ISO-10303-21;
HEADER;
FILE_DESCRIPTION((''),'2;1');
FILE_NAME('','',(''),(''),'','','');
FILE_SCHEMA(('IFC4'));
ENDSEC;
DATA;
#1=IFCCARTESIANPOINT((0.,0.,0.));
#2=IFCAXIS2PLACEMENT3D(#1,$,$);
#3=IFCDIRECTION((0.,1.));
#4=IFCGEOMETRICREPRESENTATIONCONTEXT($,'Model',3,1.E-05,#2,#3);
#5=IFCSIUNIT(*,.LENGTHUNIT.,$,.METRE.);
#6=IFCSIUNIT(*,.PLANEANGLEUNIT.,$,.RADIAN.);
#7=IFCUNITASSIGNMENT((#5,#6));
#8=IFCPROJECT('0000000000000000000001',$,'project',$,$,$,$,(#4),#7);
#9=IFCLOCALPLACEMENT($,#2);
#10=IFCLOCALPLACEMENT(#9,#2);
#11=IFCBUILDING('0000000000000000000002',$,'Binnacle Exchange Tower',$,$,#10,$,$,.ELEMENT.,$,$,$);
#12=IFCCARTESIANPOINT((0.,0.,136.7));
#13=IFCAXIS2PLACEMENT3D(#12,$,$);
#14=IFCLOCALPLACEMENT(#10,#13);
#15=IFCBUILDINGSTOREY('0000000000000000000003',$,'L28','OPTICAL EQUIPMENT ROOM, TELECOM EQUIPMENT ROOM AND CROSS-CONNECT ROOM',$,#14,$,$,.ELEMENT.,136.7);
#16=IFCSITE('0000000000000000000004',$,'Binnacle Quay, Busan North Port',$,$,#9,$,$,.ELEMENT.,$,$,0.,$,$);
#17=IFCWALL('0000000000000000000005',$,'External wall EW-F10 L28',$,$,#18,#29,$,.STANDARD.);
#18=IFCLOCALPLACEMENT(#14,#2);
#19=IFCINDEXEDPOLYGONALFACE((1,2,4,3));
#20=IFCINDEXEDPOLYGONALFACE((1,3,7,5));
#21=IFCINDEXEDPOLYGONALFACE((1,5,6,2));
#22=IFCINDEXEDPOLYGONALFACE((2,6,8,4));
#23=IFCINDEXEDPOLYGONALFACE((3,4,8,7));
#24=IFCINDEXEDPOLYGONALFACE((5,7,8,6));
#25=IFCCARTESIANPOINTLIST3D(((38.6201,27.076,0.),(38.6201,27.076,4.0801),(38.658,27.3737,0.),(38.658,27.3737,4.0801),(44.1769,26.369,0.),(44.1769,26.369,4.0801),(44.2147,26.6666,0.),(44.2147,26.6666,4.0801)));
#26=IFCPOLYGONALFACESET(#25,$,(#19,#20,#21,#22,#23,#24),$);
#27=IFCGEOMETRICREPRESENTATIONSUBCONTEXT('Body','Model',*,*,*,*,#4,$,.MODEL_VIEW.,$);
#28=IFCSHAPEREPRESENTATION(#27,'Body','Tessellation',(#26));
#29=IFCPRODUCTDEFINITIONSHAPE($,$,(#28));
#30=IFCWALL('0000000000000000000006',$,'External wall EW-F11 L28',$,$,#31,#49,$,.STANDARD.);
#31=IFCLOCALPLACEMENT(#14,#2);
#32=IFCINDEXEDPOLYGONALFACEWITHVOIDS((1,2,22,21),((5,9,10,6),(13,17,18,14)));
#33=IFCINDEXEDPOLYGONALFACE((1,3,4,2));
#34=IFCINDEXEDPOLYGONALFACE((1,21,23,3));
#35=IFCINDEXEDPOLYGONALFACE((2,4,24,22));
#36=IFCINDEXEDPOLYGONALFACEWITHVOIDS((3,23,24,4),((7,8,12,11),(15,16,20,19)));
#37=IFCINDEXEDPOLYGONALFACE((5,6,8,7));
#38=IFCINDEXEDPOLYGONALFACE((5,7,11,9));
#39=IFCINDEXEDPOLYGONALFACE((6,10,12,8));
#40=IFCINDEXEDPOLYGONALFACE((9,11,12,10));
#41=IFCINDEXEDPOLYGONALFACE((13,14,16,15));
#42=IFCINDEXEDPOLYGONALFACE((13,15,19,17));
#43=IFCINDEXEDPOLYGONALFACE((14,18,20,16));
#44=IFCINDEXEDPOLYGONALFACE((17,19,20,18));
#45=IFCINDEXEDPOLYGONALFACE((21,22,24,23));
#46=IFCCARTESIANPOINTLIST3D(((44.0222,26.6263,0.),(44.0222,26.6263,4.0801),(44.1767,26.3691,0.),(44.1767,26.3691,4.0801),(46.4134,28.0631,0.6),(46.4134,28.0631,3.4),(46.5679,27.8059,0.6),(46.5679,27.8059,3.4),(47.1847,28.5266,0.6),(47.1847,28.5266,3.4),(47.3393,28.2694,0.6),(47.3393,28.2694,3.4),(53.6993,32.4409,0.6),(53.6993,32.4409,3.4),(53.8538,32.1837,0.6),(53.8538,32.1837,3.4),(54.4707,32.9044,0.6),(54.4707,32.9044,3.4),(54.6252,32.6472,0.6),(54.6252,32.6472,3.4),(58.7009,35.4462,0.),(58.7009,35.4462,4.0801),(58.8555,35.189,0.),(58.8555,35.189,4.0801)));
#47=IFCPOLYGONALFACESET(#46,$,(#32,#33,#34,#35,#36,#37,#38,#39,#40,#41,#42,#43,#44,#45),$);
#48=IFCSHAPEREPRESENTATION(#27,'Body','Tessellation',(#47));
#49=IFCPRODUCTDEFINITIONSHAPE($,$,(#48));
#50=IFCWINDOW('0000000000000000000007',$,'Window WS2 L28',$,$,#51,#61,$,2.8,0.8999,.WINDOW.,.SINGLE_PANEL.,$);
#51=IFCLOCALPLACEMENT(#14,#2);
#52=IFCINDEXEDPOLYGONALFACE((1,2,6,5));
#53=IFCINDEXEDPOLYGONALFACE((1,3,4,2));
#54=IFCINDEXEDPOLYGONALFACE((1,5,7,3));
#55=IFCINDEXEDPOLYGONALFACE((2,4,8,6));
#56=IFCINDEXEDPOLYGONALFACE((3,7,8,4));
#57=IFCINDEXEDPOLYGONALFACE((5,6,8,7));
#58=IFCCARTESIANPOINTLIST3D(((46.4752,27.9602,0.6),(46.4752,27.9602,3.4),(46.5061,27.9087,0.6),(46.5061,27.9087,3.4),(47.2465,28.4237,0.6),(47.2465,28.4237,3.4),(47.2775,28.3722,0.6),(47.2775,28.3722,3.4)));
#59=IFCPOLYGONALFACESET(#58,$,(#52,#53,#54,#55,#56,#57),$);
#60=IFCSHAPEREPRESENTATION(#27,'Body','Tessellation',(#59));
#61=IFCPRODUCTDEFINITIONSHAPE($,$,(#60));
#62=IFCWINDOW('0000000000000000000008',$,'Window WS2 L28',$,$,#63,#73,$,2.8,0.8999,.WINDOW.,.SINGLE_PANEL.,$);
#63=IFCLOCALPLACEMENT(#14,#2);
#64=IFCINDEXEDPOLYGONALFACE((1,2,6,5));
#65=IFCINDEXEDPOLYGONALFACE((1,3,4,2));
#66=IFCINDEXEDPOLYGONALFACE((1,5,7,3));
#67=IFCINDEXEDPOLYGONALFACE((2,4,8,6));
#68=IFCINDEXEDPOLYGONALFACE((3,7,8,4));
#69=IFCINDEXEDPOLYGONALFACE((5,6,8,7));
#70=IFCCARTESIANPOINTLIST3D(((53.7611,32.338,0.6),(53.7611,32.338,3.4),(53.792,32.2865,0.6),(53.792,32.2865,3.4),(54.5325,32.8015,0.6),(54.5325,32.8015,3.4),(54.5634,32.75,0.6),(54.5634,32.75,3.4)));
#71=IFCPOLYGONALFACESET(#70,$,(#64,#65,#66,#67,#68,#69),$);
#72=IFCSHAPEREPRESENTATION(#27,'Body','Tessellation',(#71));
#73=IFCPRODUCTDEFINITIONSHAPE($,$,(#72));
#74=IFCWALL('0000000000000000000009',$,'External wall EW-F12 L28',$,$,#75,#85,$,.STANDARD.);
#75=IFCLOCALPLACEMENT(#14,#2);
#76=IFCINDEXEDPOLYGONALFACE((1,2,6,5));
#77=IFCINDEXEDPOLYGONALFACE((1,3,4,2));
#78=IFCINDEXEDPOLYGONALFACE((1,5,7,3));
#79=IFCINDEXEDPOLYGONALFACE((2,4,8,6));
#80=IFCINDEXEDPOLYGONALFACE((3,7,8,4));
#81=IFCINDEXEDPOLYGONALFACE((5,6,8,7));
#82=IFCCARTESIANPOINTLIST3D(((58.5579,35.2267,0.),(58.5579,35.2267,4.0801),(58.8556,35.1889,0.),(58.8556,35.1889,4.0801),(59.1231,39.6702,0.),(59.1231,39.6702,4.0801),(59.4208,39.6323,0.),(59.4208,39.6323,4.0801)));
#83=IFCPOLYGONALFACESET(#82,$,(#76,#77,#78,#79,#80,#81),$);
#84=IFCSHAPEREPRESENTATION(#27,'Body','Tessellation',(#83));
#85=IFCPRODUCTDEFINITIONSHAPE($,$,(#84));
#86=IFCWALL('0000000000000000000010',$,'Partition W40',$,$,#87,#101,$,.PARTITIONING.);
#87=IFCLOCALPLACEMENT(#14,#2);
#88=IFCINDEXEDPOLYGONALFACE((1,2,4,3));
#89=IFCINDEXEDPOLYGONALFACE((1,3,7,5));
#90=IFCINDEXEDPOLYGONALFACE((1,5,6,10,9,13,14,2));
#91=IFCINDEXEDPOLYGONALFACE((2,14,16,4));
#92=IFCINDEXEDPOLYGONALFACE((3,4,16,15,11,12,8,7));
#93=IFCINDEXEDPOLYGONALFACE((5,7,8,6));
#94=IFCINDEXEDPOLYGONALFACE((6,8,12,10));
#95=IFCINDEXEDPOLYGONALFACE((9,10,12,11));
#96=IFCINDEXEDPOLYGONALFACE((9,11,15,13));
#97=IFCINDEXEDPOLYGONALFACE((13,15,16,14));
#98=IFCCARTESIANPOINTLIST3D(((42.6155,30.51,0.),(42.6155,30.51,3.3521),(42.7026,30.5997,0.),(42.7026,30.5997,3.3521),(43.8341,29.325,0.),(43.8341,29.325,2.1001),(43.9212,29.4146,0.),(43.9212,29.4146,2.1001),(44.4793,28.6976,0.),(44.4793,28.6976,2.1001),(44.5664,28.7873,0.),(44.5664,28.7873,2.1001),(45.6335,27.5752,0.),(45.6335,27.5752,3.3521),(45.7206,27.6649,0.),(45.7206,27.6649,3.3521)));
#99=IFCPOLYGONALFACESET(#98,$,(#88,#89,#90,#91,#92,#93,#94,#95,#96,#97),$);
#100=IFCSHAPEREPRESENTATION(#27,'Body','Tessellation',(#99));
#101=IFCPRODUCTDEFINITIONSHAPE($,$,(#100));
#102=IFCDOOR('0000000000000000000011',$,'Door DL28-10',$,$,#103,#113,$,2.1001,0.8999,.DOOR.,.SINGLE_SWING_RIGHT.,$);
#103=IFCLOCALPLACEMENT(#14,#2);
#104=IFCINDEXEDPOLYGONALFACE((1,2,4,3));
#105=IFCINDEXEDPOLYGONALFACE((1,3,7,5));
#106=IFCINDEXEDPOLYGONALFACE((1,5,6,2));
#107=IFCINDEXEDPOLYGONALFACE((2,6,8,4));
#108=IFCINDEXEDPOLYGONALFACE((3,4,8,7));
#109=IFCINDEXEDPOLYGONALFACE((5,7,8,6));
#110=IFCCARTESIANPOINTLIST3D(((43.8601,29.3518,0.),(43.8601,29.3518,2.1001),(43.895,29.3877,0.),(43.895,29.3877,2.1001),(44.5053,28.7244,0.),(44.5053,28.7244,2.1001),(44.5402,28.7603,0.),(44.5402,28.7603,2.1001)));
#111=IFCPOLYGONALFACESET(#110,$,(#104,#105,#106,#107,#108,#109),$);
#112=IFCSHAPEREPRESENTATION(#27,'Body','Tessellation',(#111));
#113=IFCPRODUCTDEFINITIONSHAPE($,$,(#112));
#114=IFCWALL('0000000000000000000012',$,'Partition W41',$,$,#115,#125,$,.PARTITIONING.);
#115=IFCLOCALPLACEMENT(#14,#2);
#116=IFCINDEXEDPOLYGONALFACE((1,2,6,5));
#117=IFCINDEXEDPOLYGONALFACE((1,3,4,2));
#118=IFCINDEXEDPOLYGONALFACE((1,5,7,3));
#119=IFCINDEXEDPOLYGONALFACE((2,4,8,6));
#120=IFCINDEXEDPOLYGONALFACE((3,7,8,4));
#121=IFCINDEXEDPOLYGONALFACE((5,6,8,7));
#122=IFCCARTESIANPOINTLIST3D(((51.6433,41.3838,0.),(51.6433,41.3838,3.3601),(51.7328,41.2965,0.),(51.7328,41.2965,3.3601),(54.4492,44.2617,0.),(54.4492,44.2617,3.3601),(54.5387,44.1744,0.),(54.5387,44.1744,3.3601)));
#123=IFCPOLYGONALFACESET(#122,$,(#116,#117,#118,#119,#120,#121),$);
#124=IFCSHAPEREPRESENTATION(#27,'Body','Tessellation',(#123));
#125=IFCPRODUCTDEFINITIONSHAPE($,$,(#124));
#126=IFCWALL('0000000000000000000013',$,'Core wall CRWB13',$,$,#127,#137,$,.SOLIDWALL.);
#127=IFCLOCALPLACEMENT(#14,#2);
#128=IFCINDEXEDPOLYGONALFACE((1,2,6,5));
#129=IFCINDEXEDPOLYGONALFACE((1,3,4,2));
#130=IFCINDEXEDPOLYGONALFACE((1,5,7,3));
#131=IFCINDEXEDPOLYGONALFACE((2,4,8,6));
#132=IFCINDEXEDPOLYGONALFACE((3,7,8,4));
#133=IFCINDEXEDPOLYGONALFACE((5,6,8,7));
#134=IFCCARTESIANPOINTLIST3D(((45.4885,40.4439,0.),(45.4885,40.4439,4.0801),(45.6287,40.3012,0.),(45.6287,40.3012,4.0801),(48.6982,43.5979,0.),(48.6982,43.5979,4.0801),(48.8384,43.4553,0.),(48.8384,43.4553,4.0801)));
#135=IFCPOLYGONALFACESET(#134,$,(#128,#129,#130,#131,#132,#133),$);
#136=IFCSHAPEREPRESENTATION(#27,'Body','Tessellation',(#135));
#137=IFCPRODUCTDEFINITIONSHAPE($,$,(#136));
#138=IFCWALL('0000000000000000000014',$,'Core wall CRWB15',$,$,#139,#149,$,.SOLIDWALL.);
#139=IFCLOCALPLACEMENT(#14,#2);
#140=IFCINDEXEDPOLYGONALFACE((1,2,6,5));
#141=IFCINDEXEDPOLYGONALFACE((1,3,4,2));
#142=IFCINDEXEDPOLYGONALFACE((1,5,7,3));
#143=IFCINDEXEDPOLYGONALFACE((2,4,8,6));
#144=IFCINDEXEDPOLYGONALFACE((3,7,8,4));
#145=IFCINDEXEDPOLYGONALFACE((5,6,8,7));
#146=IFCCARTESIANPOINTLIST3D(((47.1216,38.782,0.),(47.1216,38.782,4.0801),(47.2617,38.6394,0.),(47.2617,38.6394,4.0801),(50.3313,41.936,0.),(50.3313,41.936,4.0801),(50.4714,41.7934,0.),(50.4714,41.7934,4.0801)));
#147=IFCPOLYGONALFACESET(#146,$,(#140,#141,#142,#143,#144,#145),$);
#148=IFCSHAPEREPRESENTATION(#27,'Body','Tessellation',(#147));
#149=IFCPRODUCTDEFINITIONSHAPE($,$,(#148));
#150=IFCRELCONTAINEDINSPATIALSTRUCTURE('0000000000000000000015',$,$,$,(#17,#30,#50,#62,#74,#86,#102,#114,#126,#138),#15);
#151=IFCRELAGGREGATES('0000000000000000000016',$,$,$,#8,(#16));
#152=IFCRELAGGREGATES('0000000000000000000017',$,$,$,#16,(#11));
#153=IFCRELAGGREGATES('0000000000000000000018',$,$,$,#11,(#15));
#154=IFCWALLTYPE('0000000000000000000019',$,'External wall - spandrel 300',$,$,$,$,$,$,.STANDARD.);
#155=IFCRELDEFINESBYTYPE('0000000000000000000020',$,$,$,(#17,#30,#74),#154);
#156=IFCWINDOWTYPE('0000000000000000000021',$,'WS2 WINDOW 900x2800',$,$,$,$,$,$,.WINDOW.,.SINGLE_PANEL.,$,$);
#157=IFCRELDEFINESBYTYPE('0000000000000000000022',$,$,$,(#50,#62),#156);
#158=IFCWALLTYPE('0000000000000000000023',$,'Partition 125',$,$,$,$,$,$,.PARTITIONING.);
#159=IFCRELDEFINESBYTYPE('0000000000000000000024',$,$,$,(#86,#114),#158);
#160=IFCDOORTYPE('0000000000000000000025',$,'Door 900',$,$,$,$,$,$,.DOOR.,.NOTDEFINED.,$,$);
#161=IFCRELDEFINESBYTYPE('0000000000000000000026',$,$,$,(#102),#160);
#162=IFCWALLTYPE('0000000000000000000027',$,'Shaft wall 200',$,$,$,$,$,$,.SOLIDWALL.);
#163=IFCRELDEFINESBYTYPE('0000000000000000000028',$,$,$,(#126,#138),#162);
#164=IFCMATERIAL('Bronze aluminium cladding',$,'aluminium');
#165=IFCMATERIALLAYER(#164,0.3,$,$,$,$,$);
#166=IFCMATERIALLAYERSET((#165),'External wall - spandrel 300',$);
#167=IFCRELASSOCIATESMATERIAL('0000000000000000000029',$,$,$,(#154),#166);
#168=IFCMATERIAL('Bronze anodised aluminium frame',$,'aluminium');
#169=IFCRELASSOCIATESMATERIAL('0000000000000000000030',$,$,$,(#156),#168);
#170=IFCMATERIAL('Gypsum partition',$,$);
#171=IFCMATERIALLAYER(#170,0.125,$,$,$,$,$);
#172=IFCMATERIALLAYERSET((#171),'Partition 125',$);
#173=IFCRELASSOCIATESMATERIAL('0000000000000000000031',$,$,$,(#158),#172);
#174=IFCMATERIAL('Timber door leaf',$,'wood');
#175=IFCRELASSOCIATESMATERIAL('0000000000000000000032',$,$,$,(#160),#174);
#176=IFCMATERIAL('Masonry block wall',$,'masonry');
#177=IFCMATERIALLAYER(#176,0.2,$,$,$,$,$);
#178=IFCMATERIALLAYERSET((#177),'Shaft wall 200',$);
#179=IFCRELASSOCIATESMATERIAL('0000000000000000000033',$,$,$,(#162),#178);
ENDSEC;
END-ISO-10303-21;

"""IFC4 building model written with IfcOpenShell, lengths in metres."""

from ifc_helpers import new_model, si_unit, direction, frame, frame_2d, origin, place, context, subcontext, project, spatial, rectangle, extrude, material, layer, layer_set, type_object, element, fill, save


model = new_model("IFC4")

# Units and contexts
model_context = context("Model", 3, precision=1e-05, world=origin(), true_north=direction((0.0, 1.0)))
body_context = subcontext(model_context, "Body", "Model", "MODEL_VIEW")
ifc_project = project(units=[si_unit("LENGTHUNIT", "METRE"), si_unit("PLANEANGLEUNIT", "RADIAN")], contexts=[model_context])

# Site, building, storey
site_placement = place(None, origin())
site = spatial("IfcSite", under=ifc_project, at=site_placement, Name="Binnacle Quay, Busan North Port", CompositionType="ELEMENT", RefElevation=0.0)
building_placement = place(site_placement, origin())
building = spatial("IfcBuilding", under=site, at=building_placement, Name="Binnacle Exchange Tower", CompositionType="ELEMENT")
storey_placement = place(building_placement, frame((0.0, 0.0, 136.7)))
storey = spatial("IfcBuildingStorey", under=building, at=storey_placement, Name="L28", Description="OPTICAL EQUIPMENT ROOM, TELECOM EQUIPMENT ROOM AND CROSS-CONNECT ROOM", CompositionType="ELEMENT", Elevation=136.7)

# Wall
ifc_material_1 = material(Name="Bronze aluminium cladding", Category="aluminium")
ifc_layer_1 = layer(ifc_material_1, 0.3)
ifc_layer_set_1 = layer_set([ifc_layer_1], Name="External wall - spandrel 300")
wall_type_1 = type_object("IfcWallType", Name="External wall - spandrel 300", PredefinedType="STANDARD", material=ifc_layer_set_1)
wall_1_placement = place(storey_placement, frame((44.1958, 26.5178, 0.0), z_axis=(0.0, 0.0, 1.0), x_axis=(-0.992002, 0.126223, 0.0)))
element("IfcWall", 1, at=wall_1_placement, inside=storey, type_object=wall_type_1, Name="External wall EW-F10 L28", PredefinedType="STANDARD", context=body_context, shape_type="SweptSolid", body=[
    extrude(rectangle(XDim=5.6016, YDim=0.3, at=frame_2d((2.8008, 0.0))), origin(), (0.0, 0.0, 1.0), 4.0801),
])

# Wall, openings, windows
wall_2_placement = place(storey_placement, frame((58.7783, 35.3176, 0.0), z_axis=(0.0, 0.0, 1.0), x_axis=(-0.857168, -0.515037, 0.0)))
wall_2 = element("IfcWall", 2, at=wall_2_placement, inside=storey, type_object=wall_type_1, Name="External wall EW-F11 L28", PredefinedType="STANDARD", context=body_context, shape_type="SweptSolid", body=[
    extrude(rectangle(XDim=17.1248, YDim=0.3, at=frame_2d((8.5625, 0.0))), origin(), (0.0, 0.0, 1.0), 4.0801),
])
opening_1_placement = place(wall_2_placement, frame((13.4353, 0.0, 0.6001)))
opening_1 = element("IfcOpeningElement", 3, at=opening_1_placement, cuts=wall_2, PredefinedType="OPENING", context=body_context, shape_type="SweptSolid", body=[
    extrude(rectangle(XDim=0.8999, YDim=2.8, at=frame_2d((0.45, 1.3999))), frame((0.0, 0.1599, 0.0), z_axis=(0.0, -1.0, 0.0), x_axis=(1.0, 0.0, 0.0)), (0.0, 0.0, 1.0), 0.3201),
])
opening_2_placement = place(wall_2_placement, frame((4.9353, 0.0, 0.6001)))
opening_2 = element("IfcOpeningElement", 4, at=opening_2_placement, cuts=wall_2, PredefinedType="OPENING", context=body_context, shape_type="SweptSolid", body=[
    extrude(rectangle(XDim=0.8999, YDim=2.8, at=frame_2d((0.45, 1.3999))), frame((0.0, 0.1599, 0.0), z_axis=(0.0, -1.0, 0.0), x_axis=(1.0, 0.0, 0.0)), (0.0, 0.0, 1.0), 0.3201),
])
ifc_material_2 = material(Name="Bronze anodised aluminium frame", Category="aluminium")
window_type = type_object("IfcWindowType", Name="WS2 WINDOW 900x2800", PartitioningType="SINGLE_PANEL", PredefinedType="WINDOW", material=ifc_material_2)
window_1_placement = place(opening_1_placement, origin())
window_1 = element("IfcWindow", 5, at=window_1_placement, inside=storey, type_object=window_type, Name="Window WS2 L28", OverallHeight=2.8, OverallWidth=0.8999, PartitioningType="SINGLE_PANEL", PredefinedType="WINDOW", context=body_context, shape_type="SweptSolid", body=[
    extrude(rectangle(XDim=0.8999, YDim=2.8, at=frame_2d((0.45, 1.3999))), frame((0.0, 0.03, 0.0), z_axis=(0.0, -1.0, 0.0), x_axis=(1.0, 0.0, 0.0)), (0.0, 0.0, 1.0), 0.0601),
])
fill(opening_1, window_1)
window_2_placement = place(opening_2_placement, origin())
window_2 = element("IfcWindow", 6, at=window_2_placement, inside=storey, type_object=window_type, Name="Window WS2 L28", OverallHeight=2.8, OverallWidth=0.8999, PartitioningType="SINGLE_PANEL", PredefinedType="WINDOW", context=body_context, shape_type="SweptSolid", body=[
    extrude(rectangle(XDim=0.8999, YDim=2.8, at=frame_2d((0.45, 1.3999))), frame((0.0, 0.03, 0.0), z_axis=(0.0, -1.0, 0.0), x_axis=(1.0, 0.0, 0.0)), (0.0, 0.0, 1.0), 0.0601),
])
fill(opening_2, window_2)

# Wall
wall_3_placement = place(storey_placement, frame((59.272, 39.6514, 0.0), z_axis=(0.0, 0.0, 1.0), x_axis=(-0.126181, -0.992007, 0.0)))
element("IfcWall", 7, at=wall_3_placement, inside=storey, type_object=wall_type_1, Name="External wall EW-F12 L28", PredefinedType="STANDARD", context=body_context, shape_type="SweptSolid", body=[
    extrude(rectangle(XDim=4.4792, YDim=0.3, at=frame_2d((2.2397, 0.0))), origin(), (0.0, 0.0, 1.0), 4.0801),
])

# Wall, opening, door
ifc_material_3 = material(Name="Gypsum partition")
ifc_layer_2 = layer(ifc_material_3, 0.125)
ifc_layer_set_2 = layer_set([ifc_layer_2], Name="Partition 125")
wall_type_2 = type_object("IfcWallType", Name="Partition 125", PredefinedType="PARTITIONING", material=ifc_layer_set_2)
wall_4_placement = place(storey_placement, frame((42.6589, 30.5549, 0.0), z_axis=(0.0, 0.0, 1.0), x_axis=(0.716926, -0.69715, 0.0)))
wall_4 = element("IfcWall", 8, at=wall_4_placement, inside=storey, type_object=wall_type_2, Name="Partition W40", PredefinedType="PARTITIONING", context=body_context, shape_type="SweptSolid", body=[
    extrude(rectangle(XDim=4.2097, YDim=0.125, at=frame_2d((2.105, 0.0))), origin(), (0.0, 0.0, 1.0), 3.3521),
])
opening_3_placement = place(wall_4_placement, frame((1.7, 0.0, 0.0)))
opening_3 = element("IfcOpeningElement", 9, at=opening_3_placement, cuts=wall_4, PredefinedType="OPENING", context=body_context, shape_type="SweptSolid", body=[
    extrude(rectangle(XDim=0.8999, YDim=2.1001, at=frame_2d((0.45, 1.05))), frame((0.0, 0.0725, 0.0), z_axis=(0.0, -1.0, 0.0), x_axis=(1.0, 0.0, 0.0)), (0.0, 0.0, 1.0), 0.145),
])
ifc_material_4 = material(Name="Timber door leaf", Category="wood")
door_type_1 = type_object("IfcDoorType", Name="Door 900", OperationType="NOTDEFINED", PredefinedType="DOOR", material=ifc_material_4)
door_1_placement = place(opening_3_placement, origin())
door_1 = element("IfcDoor", 10, at=door_1_placement, inside=storey, type_object=door_type_1, Name="Door DL28-10", OperationType="SINGLE_SWING_RIGHT", OverallHeight=2.1001, OverallWidth=0.8999, PredefinedType="DOOR", context=body_context, shape_type="SweptSolid", body=[
    extrude(rectangle(XDim=0.8999, YDim=2.1001, at=frame_2d((0.45, 1.05))), frame((0.0, 0.0249, 0.0), z_axis=(0.0, -1.0, 0.0), x_axis=(1.0, 0.0, 0.0)), (0.0, 0.0, 1.0), 0.05),
])
fill(opening_3, door_1)

# Walls
wall_5_placement = place(storey_placement, frame((51.688, 41.3401, 0.0), z_axis=(0.0, 0.0, 1.0), x_axis=(0.698091, 0.716009, 0.0)))
element("IfcWall", 11, at=wall_5_placement, inside=storey, type_object=wall_type_2, Name="Partition W41", PredefinedType="PARTITIONING", context=body_context, shape_type="SweptSolid", body=[
    extrude(rectangle(XDim=4.0193, YDim=0.125, at=frame_2d((2.0098, 0.0))), origin(), (0.0, 0.0, 1.0), 3.3601),
])
ifc_material_5 = material(Name="Masonry block wall", Category="masonry")
ifc_layer_3 = layer(ifc_material_5, 0.2)
ifc_layer_set_3 = layer_set([ifc_layer_3], Name="Shaft wall 200")
wall_type_3 = type_object("IfcWallType", Name="Shaft wall 200", PredefinedType="SOLIDWALL", material=ifc_layer_set_3)
for number, where, z_axis, x_axis, name in (
    (12, (45.5586, 40.3726, 0.0), (0.0, 0.0, 1.0), (0.713265, 0.700895, 0.0), "Core wall CRWB13"),
    (13, (47.1917, 38.7107, 0.0), (0.0, 0.0, 1.0), (0.713265, 0.700895, 0.0), "Core wall CRWB15"),
):
    element("IfcWall", number, at=place(storey_placement, frame(where, z_axis=z_axis, x_axis=x_axis)), inside=storey, type_object=wall_type_3, Name=name, PredefinedType="SOLIDWALL", context=body_context, shape_type="SweptSolid", body=[
        extrude(rectangle(XDim=4.5, YDim=0.2, at=frame_2d((2.25, 0.0))), origin(), (0.0, 0.0, 1.0), 4.0801),
    ])

save(model, "model.ifc")
